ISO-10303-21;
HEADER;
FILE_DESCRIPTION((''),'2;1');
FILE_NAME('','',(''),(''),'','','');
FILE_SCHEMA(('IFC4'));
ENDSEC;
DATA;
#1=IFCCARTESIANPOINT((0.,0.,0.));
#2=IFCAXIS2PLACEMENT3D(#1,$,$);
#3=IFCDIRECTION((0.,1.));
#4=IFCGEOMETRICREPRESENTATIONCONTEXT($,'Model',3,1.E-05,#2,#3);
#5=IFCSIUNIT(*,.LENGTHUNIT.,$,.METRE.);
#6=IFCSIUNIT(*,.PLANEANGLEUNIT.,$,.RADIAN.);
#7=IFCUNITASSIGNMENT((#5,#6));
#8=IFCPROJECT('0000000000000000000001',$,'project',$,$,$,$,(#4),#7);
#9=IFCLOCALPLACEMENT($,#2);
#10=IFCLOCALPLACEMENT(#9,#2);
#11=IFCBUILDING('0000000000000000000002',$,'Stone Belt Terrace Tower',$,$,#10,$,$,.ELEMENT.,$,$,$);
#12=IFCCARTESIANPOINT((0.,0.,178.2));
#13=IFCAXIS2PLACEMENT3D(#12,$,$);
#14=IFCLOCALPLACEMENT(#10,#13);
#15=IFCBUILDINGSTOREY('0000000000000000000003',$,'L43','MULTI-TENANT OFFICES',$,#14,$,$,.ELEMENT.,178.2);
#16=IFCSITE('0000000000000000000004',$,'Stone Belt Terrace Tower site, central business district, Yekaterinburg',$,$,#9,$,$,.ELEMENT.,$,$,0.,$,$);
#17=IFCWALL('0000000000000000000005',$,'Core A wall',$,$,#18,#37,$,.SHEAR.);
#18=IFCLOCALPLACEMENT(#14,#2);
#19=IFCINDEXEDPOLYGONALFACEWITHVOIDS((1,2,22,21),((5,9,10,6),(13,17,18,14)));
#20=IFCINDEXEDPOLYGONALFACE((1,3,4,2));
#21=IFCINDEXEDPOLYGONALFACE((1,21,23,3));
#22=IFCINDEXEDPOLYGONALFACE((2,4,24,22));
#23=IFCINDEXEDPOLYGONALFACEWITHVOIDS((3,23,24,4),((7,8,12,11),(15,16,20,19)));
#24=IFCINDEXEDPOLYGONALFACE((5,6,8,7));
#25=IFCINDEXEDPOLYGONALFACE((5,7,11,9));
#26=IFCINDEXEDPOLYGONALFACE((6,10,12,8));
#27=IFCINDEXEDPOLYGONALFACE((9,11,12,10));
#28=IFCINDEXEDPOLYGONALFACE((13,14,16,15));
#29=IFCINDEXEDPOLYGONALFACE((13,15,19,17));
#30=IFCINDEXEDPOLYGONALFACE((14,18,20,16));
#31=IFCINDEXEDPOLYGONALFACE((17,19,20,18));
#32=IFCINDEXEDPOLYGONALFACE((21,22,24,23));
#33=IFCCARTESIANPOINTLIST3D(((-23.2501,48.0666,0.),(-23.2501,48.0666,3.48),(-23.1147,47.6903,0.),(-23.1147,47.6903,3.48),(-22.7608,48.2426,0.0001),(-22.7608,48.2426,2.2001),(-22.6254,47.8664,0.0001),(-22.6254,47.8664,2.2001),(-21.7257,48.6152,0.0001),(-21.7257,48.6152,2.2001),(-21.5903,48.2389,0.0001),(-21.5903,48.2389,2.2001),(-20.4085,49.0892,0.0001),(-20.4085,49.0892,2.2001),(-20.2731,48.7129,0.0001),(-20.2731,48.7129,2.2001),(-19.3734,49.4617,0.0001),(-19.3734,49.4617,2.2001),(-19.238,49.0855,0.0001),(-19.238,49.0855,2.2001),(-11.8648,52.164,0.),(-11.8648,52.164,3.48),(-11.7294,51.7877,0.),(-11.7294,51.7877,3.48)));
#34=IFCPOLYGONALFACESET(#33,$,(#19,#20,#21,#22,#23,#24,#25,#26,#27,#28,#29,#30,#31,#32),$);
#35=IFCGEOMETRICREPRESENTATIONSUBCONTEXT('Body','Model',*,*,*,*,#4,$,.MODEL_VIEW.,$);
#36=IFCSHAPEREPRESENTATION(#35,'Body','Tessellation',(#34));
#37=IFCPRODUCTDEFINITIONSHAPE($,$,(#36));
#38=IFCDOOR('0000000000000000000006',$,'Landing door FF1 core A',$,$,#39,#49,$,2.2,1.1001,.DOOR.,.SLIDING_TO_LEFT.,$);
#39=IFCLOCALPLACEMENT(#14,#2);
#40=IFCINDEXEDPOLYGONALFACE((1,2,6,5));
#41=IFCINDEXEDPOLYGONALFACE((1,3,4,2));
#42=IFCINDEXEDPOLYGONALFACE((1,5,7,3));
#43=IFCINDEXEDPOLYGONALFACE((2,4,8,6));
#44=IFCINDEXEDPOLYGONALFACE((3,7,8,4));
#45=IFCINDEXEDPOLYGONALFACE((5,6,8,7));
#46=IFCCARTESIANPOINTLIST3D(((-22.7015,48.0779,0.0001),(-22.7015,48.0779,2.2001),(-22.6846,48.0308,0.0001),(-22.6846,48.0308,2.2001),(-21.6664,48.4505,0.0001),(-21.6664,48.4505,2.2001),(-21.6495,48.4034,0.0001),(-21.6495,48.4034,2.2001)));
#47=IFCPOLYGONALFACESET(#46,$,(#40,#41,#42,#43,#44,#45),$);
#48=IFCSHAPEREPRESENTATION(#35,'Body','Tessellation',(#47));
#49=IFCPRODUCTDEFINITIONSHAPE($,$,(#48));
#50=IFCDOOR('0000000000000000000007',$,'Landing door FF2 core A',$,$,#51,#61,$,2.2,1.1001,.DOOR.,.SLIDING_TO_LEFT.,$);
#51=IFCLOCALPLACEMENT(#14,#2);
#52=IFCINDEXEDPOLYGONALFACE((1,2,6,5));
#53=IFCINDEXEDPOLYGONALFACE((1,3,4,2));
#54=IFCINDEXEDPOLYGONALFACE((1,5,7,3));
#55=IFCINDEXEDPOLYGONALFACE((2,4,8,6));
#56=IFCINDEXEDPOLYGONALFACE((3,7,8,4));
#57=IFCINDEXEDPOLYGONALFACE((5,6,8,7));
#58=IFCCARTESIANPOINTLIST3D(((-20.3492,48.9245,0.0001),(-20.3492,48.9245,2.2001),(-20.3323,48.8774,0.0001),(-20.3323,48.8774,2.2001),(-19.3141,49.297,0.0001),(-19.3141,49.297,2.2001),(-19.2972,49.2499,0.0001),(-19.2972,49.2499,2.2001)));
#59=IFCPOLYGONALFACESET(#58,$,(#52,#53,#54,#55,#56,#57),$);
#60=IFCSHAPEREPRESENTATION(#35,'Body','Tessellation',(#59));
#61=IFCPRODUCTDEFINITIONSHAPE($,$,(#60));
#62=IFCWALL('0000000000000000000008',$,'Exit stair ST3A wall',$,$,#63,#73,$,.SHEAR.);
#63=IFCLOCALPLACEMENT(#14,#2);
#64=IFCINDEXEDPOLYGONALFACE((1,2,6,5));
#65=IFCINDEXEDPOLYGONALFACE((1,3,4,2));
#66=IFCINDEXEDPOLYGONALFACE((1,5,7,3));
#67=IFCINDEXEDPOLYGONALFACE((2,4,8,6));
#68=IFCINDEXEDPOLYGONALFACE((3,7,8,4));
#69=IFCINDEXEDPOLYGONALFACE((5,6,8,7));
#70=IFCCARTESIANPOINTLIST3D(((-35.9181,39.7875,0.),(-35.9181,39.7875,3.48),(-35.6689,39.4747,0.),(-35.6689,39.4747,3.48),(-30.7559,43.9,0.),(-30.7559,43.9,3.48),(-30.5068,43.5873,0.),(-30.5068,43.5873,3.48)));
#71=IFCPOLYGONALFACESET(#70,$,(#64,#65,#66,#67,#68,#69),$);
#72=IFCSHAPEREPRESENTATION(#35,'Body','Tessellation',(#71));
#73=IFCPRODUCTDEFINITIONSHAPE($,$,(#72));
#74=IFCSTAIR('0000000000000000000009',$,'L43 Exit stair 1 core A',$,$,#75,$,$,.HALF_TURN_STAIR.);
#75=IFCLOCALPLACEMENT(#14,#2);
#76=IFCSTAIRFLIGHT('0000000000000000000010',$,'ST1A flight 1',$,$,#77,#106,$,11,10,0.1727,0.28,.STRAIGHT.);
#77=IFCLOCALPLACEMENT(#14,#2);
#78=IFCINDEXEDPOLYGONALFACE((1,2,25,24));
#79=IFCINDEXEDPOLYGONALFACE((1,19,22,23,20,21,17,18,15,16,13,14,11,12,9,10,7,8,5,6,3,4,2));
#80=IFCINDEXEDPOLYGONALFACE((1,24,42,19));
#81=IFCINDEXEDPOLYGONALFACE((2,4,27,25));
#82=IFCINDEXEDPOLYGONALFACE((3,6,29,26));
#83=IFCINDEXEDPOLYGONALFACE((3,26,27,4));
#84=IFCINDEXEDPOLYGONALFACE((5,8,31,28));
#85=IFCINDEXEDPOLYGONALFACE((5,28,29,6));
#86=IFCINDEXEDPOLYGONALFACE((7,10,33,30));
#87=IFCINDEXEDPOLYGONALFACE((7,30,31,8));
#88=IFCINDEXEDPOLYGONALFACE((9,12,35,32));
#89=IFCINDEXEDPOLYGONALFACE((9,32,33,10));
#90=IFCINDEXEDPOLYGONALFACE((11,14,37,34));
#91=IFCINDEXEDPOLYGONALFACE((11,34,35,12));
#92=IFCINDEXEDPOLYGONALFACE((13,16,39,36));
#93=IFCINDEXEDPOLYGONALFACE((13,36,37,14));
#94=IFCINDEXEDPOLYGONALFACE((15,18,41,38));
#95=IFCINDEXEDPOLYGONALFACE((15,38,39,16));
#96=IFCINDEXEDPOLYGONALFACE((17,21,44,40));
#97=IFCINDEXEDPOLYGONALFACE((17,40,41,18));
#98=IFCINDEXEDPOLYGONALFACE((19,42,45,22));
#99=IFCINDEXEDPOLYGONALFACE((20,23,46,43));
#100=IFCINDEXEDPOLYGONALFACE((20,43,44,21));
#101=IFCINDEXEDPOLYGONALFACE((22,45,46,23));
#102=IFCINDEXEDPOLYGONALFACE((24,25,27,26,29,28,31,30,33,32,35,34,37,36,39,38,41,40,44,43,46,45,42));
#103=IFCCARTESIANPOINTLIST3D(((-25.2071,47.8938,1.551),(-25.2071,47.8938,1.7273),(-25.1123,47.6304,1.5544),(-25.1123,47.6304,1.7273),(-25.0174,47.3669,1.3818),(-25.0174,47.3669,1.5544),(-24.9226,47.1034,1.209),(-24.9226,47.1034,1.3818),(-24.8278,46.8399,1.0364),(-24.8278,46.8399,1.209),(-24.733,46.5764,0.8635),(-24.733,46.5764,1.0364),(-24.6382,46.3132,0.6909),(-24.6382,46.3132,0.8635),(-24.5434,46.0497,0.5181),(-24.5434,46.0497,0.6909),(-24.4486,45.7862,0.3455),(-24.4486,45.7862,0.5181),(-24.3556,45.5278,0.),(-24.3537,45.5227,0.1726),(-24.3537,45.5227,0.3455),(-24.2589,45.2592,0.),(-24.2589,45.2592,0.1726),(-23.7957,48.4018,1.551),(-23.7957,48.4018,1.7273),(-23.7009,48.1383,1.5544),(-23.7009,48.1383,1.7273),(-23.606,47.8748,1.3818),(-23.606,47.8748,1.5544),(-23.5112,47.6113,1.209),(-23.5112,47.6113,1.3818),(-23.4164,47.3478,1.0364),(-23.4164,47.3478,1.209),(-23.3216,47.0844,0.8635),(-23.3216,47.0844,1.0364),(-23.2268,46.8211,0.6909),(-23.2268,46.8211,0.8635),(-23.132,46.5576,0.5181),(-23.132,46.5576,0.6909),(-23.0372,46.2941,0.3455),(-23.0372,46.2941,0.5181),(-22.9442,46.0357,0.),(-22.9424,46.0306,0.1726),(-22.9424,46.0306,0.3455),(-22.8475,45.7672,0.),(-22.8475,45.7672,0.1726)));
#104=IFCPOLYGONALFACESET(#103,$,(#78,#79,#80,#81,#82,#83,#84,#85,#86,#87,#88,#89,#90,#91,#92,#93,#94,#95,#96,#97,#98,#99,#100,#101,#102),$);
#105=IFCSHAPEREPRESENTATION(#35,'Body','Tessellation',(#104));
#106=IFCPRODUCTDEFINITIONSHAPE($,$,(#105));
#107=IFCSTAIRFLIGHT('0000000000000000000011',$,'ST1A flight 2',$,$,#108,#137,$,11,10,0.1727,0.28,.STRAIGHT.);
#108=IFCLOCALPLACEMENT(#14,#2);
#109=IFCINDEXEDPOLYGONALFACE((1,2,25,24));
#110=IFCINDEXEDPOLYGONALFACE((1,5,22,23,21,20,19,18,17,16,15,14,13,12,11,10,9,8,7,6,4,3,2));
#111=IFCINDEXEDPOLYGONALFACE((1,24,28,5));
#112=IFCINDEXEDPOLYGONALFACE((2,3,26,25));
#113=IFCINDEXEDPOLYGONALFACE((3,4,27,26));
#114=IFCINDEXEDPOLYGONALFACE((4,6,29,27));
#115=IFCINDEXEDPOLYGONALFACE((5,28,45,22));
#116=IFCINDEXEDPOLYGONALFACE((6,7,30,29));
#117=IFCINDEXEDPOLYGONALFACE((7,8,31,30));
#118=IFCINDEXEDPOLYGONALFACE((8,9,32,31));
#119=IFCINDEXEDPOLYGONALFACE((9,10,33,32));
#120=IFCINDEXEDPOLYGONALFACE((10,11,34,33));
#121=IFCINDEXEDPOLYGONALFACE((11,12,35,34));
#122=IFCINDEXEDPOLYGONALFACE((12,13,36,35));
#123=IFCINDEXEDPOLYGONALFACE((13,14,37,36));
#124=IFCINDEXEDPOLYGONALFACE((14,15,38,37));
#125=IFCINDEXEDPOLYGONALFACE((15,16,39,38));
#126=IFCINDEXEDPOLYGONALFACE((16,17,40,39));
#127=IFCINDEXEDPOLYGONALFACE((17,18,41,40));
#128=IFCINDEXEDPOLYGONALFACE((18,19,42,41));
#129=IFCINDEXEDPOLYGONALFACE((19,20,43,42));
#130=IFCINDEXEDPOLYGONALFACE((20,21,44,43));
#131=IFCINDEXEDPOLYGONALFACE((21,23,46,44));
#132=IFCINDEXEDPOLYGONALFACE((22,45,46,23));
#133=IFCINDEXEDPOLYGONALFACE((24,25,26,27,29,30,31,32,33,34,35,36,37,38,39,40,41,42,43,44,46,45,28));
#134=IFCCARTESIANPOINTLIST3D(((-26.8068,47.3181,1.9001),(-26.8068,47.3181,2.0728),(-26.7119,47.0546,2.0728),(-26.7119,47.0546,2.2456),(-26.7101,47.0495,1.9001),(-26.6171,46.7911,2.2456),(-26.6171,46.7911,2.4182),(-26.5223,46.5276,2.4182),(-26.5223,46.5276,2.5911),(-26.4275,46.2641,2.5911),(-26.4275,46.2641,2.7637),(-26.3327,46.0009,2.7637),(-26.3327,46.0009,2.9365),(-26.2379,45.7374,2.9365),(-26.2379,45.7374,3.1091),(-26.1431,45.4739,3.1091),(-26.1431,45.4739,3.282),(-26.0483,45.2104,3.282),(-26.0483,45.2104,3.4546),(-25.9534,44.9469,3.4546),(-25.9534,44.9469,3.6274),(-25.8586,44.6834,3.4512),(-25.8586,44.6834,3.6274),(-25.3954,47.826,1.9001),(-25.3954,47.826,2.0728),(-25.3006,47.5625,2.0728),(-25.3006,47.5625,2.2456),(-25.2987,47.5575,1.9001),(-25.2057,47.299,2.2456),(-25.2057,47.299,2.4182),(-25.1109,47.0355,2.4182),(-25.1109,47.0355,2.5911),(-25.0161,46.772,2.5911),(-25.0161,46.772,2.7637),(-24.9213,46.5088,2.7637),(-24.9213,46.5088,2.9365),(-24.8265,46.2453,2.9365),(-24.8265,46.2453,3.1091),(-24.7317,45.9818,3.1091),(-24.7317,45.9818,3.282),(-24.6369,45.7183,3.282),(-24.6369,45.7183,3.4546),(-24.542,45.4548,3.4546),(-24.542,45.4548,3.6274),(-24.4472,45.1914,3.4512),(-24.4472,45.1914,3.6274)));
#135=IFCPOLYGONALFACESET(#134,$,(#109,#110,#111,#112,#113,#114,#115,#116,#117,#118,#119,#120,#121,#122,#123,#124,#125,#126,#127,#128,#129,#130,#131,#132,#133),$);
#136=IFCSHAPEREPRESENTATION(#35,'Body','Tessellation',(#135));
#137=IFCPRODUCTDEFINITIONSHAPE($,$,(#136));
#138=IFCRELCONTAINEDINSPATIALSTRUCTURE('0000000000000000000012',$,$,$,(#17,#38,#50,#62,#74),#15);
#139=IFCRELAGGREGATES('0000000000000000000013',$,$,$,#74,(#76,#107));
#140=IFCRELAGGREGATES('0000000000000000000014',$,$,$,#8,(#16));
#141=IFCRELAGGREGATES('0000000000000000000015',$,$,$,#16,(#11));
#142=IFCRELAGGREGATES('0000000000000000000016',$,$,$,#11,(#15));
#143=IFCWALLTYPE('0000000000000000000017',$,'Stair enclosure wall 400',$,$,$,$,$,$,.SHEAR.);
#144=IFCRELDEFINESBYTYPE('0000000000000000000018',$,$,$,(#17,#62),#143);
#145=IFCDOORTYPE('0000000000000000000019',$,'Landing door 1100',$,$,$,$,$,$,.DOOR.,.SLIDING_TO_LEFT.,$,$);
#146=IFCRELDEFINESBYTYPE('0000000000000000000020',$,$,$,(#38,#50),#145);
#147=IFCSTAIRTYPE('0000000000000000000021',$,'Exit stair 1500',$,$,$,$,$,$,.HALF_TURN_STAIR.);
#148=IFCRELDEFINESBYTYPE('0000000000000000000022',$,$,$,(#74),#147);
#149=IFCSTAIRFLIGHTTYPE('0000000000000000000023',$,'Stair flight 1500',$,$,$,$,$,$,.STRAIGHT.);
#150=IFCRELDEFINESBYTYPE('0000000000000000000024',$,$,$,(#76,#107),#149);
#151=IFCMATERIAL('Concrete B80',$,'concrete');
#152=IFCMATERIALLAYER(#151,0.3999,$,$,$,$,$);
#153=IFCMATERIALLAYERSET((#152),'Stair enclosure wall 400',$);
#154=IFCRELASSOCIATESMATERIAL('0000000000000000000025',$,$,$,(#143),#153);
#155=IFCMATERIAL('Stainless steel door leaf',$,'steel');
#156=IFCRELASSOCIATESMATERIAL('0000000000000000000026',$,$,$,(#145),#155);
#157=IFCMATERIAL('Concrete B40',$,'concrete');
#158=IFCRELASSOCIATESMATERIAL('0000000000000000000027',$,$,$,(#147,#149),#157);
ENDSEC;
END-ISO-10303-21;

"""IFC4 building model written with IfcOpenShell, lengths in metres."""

from ifc_helpers import new_model, si_unit, direction, frame, frame_2d, origin, place, context, subcontext, project, spatial, polyline, rectangle, outline, extrude, material, layer, layer_set, type_object, element, fill, aggregate, save


model = new_model("IFC4")

# Units and contexts
model_context = context("Model", 3, precision=1e-05, world=origin(), true_north=direction((0.0, 1.0)))
body_context = subcontext(model_context, "Body", "Model", "MODEL_VIEW")
ifc_project = project(units=[si_unit("LENGTHUNIT", "METRE"), si_unit("PLANEANGLEUNIT", "RADIAN")], contexts=[model_context])

# Site, building, storey
site_placement = place(None, origin())
site = spatial("IfcSite", under=ifc_project, at=site_placement, Name="Stone Belt Terrace Tower site, central business district, Yekaterinburg", CompositionType="ELEMENT", RefElevation=0.0)
building_placement = place(site_placement, origin())
building = spatial("IfcBuilding", under=site, at=building_placement, Name="Stone Belt Terrace Tower", CompositionType="ELEMENT")
storey_placement = place(building_placement, frame((0.0, 0.0, 178.2)))
storey = spatial("IfcBuildingStorey", under=building, at=storey_placement, Name="L43", Description="MULTI-TENANT OFFICES", CompositionType="ELEMENT", Elevation=178.2)

# Shared definitions
ifc_material_1 = material(Name="Concrete B80", Category="concrete")

# Shared definitions
ifc_layer_1 = layer(ifc_material_1, 0.3999)
ifc_layer_set_1 = layer_set([ifc_layer_1], Name="Stair enclosure wall 400")
wall_type_1 = type_object("IfcWallType", Name="Stair enclosure wall 400", PredefinedType="SHEAR", material=ifc_layer_set_1)

# Wall, openings, doors
wall_1_placement = place(storey_placement, frame((-23.1824, 47.8784, 0.0), z_axis=(0.0, 0.0, 1.0), x_axis=(0.940921, 0.338626, 0.0)))
wall_1 = element("IfcWall", 1, at=wall_1_placement, inside=storey, type_object=wall_type_1, Name="Core A wall", PredefinedType="SHEAR", context=body_context, shape_type="SweptSolid", body=[
    extrude(rectangle(XDim=12.1001, YDim=0.3999, at=frame_2d((6.05, 0.0))), origin(), (0.0, 0.0, 1.0), 3.48),
])
opening_1_placement = place(wall_1_placement, frame((0.52, 0.0, 0.0)))
opening_1 = element("IfcOpeningElement", 2, at=opening_1_placement, cuts=wall_1, PredefinedType="OPENING", context=body_context, shape_type="SweptSolid", body=[
    extrude(rectangle(XDim=1.1001, YDim=2.2, at=frame_2d((0.55, 1.1001))), frame((0.0, 0.21, 0.0), z_axis=(0.0, -1.0, 0.0), x_axis=(1.0, 0.0, 0.0)), (0.0, 0.0, 1.0), 0.4199),
])
opening_2_placement = place(wall_1_placement, frame((3.02, 0.0, 0.0)))
opening_2 = element("IfcOpeningElement", 3, at=opening_2_placement, cuts=wall_1, PredefinedType="OPENING", context=body_context, shape_type="SweptSolid", body=[
    extrude(rectangle(XDim=1.1001, YDim=2.2, at=frame_2d((0.55, 1.1001))), frame((0.0, 0.21, 0.0), z_axis=(0.0, -1.0, 0.0), x_axis=(1.0, 0.0, 0.0)), (0.0, 0.0, 1.0), 0.4199),
])
ifc_material_2 = material(Name="Stainless steel door leaf", Category="steel")
door_type_1 = type_object("IfcDoorType", Name="Landing door 1100", OperationType="SLIDING_TO_LEFT", PredefinedType="DOOR", material=ifc_material_2)
door_1_placement = place(opening_1_placement, origin())
door_1 = element("IfcDoor", 4, at=door_1_placement, inside=storey, type_object=door_type_1, Name="Landing door FF1 core A", OperationType="SLIDING_TO_LEFT", OverallHeight=2.2, OverallWidth=1.1001, PredefinedType="DOOR", context=body_context, shape_type="SweptSolid", body=[
    extrude(rectangle(XDim=1.1001, YDim=2.2, at=frame_2d((0.55, 1.1001))), frame((0.0, 0.0249, 0.0), z_axis=(0.0, -1.0, 0.0), x_axis=(1.0, 0.0, 0.0)), (0.0, 0.0, 1.0), 0.05),
])
fill(opening_1, door_1)
door_2_placement = place(opening_2_placement, origin())
door_2 = element("IfcDoor", 5, at=door_2_placement, inside=storey, type_object=door_type_1, Name="Landing door FF2 core A", OperationType="SLIDING_TO_LEFT", OverallHeight=2.2, OverallWidth=1.1001, PredefinedType="DOOR", context=body_context, shape_type="SweptSolid", body=[
    extrude(rectangle(XDim=1.1001, YDim=2.2, at=frame_2d((0.55, 1.1001))), frame((0.0, 0.0249, 0.0), z_axis=(0.0, -1.0, 0.0), x_axis=(1.0, 0.0, 0.0)), (0.0, 0.0, 1.0), 0.05),
])
fill(opening_2, door_2)

# Wall
wall_2_placement = place(storey_placement, frame((-30.6313, 43.7437, 0.0), z_axis=(0.0, 0.0, 1.0), x_axis=(-0.782134, -0.62311, 0.0)))
element("IfcWall", 6, at=wall_2_placement, inside=storey, type_object=wall_type_1, Name="Exit stair ST3A wall", PredefinedType="SHEAR", context=body_context, shape_type="SweptSolid", body=[
    extrude(rectangle(XDim=6.6001, YDim=0.3999, at=frame_2d((3.3, 0.0))), origin(), (0.0, 0.0, 1.0), 3.48),
])

# Stair, stair flights
ifc_material_3 = material(Name="Concrete B40", Category="concrete")
stair_type = type_object("IfcStairType", Name="Exit stair 1500", PredefinedType="HALF_TURN_STAIR", material=ifc_material_3)
stair_placement = place(storey_placement, origin())
stair = element("IfcStair", 7, at=stair_placement, inside=storey, type_object=stair_type, Name="L43 Exit stair 1 core A", PredefinedType="HALF_TURN_STAIR")
stair_flight_type = type_object("IfcStairFlightType", Name="Stair flight 1500", PredefinedType="STRAIGHT", material=ifc_material_3)
stair_flight_1_placement = place(storey_placement, frame((-23.5532, 45.5132, 0.0), z_axis=(0.0, 0.0, 1.0), x_axis=(-0.338624, 0.940922, 0.0)))
stair_flight_1 = element("IfcStairFlight", 8, at=stair_flight_1_placement, type_object=stair_flight_type, Name="ST1A flight 1", NumberOfRisers=11, NumberOfTreads=10, PredefinedType="STRAIGHT", RiserHeight=0.1727, TreadLength=0.28, context=body_context, shape_type="SweptSolid", body=[
    extrude(outline(polyline([(0.0, 0.0), (0.0, 0.1726), (0.28, 0.1726), (0.28, 0.3455), (0.5601, 0.3455), (0.5601, 0.5181), (0.8401, 0.5181), (0.8401, 0.6909), (1.1201, 0.6909), (1.1201, 0.8635), (1.3999, 0.8635), (1.3999, 1.0364), (1.6799, 1.0364), (1.6799, 1.209), (1.96, 1.209), (1.96, 1.3818), (2.24, 1.3818), (2.24, 1.5544), (2.52, 1.5544), (2.52, 1.7273), (2.8, 1.7273), (2.8, 1.8999), (2.8, 1.551), (0.2854, 0.0), (0.0, 0.0)])), frame((0.0, 0.75, 0.0), z_axis=(0.0, -1.0, 0.0), x_axis=(1.0, 0.0, 0.0)), (0.0, 0.0, 1.0), 1.5),
])
stair_flight_2_placement = place(storey_placement, frame((-26.1011, 47.572, 1.9001), z_axis=(0.0, 0.0, 1.0), x_axis=(0.338624, -0.940922, 0.0)))
stair_flight_2 = element("IfcStairFlight", 9, at=stair_flight_2_placement, type_object=stair_flight_type, Name="ST1A flight 2", NumberOfRisers=11, NumberOfTreads=10, PredefinedType="STRAIGHT", RiserHeight=0.1727, TreadLength=0.28, context=body_context, shape_type="SweptSolid", body=[
    extrude(outline(polyline([(0.0, 0.0), (0.0, 0.1726), (0.28, 0.1726), (0.28, 0.3455), (0.5601, 0.3455), (0.5601, 0.5181), (0.8401, 0.5181), (0.8401, 0.6909), (1.1201, 0.6909), (1.1201, 0.8635), (1.3999, 0.8635), (1.3999, 1.0364), (1.6799, 1.0364), (1.6799, 1.209), (1.96, 1.209), (1.96, 1.3818), (2.24, 1.3818), (2.24, 1.5544), (2.52, 1.5544), (2.52, 1.7273), (2.8, 1.7273), (2.8, 1.8999), (2.8, 1.551), (0.2854, 0.0), (0.0, 0.0)])), frame((0.0, 0.75, 0.0), z_axis=(0.0, -1.0, 0.0), x_axis=(1.0, 0.0, 0.0)), (0.0, 0.0, 1.0), 1.5),
])
aggregate(stair, [stair_flight_1, stair_flight_2])

save(model, "model.ifc")
